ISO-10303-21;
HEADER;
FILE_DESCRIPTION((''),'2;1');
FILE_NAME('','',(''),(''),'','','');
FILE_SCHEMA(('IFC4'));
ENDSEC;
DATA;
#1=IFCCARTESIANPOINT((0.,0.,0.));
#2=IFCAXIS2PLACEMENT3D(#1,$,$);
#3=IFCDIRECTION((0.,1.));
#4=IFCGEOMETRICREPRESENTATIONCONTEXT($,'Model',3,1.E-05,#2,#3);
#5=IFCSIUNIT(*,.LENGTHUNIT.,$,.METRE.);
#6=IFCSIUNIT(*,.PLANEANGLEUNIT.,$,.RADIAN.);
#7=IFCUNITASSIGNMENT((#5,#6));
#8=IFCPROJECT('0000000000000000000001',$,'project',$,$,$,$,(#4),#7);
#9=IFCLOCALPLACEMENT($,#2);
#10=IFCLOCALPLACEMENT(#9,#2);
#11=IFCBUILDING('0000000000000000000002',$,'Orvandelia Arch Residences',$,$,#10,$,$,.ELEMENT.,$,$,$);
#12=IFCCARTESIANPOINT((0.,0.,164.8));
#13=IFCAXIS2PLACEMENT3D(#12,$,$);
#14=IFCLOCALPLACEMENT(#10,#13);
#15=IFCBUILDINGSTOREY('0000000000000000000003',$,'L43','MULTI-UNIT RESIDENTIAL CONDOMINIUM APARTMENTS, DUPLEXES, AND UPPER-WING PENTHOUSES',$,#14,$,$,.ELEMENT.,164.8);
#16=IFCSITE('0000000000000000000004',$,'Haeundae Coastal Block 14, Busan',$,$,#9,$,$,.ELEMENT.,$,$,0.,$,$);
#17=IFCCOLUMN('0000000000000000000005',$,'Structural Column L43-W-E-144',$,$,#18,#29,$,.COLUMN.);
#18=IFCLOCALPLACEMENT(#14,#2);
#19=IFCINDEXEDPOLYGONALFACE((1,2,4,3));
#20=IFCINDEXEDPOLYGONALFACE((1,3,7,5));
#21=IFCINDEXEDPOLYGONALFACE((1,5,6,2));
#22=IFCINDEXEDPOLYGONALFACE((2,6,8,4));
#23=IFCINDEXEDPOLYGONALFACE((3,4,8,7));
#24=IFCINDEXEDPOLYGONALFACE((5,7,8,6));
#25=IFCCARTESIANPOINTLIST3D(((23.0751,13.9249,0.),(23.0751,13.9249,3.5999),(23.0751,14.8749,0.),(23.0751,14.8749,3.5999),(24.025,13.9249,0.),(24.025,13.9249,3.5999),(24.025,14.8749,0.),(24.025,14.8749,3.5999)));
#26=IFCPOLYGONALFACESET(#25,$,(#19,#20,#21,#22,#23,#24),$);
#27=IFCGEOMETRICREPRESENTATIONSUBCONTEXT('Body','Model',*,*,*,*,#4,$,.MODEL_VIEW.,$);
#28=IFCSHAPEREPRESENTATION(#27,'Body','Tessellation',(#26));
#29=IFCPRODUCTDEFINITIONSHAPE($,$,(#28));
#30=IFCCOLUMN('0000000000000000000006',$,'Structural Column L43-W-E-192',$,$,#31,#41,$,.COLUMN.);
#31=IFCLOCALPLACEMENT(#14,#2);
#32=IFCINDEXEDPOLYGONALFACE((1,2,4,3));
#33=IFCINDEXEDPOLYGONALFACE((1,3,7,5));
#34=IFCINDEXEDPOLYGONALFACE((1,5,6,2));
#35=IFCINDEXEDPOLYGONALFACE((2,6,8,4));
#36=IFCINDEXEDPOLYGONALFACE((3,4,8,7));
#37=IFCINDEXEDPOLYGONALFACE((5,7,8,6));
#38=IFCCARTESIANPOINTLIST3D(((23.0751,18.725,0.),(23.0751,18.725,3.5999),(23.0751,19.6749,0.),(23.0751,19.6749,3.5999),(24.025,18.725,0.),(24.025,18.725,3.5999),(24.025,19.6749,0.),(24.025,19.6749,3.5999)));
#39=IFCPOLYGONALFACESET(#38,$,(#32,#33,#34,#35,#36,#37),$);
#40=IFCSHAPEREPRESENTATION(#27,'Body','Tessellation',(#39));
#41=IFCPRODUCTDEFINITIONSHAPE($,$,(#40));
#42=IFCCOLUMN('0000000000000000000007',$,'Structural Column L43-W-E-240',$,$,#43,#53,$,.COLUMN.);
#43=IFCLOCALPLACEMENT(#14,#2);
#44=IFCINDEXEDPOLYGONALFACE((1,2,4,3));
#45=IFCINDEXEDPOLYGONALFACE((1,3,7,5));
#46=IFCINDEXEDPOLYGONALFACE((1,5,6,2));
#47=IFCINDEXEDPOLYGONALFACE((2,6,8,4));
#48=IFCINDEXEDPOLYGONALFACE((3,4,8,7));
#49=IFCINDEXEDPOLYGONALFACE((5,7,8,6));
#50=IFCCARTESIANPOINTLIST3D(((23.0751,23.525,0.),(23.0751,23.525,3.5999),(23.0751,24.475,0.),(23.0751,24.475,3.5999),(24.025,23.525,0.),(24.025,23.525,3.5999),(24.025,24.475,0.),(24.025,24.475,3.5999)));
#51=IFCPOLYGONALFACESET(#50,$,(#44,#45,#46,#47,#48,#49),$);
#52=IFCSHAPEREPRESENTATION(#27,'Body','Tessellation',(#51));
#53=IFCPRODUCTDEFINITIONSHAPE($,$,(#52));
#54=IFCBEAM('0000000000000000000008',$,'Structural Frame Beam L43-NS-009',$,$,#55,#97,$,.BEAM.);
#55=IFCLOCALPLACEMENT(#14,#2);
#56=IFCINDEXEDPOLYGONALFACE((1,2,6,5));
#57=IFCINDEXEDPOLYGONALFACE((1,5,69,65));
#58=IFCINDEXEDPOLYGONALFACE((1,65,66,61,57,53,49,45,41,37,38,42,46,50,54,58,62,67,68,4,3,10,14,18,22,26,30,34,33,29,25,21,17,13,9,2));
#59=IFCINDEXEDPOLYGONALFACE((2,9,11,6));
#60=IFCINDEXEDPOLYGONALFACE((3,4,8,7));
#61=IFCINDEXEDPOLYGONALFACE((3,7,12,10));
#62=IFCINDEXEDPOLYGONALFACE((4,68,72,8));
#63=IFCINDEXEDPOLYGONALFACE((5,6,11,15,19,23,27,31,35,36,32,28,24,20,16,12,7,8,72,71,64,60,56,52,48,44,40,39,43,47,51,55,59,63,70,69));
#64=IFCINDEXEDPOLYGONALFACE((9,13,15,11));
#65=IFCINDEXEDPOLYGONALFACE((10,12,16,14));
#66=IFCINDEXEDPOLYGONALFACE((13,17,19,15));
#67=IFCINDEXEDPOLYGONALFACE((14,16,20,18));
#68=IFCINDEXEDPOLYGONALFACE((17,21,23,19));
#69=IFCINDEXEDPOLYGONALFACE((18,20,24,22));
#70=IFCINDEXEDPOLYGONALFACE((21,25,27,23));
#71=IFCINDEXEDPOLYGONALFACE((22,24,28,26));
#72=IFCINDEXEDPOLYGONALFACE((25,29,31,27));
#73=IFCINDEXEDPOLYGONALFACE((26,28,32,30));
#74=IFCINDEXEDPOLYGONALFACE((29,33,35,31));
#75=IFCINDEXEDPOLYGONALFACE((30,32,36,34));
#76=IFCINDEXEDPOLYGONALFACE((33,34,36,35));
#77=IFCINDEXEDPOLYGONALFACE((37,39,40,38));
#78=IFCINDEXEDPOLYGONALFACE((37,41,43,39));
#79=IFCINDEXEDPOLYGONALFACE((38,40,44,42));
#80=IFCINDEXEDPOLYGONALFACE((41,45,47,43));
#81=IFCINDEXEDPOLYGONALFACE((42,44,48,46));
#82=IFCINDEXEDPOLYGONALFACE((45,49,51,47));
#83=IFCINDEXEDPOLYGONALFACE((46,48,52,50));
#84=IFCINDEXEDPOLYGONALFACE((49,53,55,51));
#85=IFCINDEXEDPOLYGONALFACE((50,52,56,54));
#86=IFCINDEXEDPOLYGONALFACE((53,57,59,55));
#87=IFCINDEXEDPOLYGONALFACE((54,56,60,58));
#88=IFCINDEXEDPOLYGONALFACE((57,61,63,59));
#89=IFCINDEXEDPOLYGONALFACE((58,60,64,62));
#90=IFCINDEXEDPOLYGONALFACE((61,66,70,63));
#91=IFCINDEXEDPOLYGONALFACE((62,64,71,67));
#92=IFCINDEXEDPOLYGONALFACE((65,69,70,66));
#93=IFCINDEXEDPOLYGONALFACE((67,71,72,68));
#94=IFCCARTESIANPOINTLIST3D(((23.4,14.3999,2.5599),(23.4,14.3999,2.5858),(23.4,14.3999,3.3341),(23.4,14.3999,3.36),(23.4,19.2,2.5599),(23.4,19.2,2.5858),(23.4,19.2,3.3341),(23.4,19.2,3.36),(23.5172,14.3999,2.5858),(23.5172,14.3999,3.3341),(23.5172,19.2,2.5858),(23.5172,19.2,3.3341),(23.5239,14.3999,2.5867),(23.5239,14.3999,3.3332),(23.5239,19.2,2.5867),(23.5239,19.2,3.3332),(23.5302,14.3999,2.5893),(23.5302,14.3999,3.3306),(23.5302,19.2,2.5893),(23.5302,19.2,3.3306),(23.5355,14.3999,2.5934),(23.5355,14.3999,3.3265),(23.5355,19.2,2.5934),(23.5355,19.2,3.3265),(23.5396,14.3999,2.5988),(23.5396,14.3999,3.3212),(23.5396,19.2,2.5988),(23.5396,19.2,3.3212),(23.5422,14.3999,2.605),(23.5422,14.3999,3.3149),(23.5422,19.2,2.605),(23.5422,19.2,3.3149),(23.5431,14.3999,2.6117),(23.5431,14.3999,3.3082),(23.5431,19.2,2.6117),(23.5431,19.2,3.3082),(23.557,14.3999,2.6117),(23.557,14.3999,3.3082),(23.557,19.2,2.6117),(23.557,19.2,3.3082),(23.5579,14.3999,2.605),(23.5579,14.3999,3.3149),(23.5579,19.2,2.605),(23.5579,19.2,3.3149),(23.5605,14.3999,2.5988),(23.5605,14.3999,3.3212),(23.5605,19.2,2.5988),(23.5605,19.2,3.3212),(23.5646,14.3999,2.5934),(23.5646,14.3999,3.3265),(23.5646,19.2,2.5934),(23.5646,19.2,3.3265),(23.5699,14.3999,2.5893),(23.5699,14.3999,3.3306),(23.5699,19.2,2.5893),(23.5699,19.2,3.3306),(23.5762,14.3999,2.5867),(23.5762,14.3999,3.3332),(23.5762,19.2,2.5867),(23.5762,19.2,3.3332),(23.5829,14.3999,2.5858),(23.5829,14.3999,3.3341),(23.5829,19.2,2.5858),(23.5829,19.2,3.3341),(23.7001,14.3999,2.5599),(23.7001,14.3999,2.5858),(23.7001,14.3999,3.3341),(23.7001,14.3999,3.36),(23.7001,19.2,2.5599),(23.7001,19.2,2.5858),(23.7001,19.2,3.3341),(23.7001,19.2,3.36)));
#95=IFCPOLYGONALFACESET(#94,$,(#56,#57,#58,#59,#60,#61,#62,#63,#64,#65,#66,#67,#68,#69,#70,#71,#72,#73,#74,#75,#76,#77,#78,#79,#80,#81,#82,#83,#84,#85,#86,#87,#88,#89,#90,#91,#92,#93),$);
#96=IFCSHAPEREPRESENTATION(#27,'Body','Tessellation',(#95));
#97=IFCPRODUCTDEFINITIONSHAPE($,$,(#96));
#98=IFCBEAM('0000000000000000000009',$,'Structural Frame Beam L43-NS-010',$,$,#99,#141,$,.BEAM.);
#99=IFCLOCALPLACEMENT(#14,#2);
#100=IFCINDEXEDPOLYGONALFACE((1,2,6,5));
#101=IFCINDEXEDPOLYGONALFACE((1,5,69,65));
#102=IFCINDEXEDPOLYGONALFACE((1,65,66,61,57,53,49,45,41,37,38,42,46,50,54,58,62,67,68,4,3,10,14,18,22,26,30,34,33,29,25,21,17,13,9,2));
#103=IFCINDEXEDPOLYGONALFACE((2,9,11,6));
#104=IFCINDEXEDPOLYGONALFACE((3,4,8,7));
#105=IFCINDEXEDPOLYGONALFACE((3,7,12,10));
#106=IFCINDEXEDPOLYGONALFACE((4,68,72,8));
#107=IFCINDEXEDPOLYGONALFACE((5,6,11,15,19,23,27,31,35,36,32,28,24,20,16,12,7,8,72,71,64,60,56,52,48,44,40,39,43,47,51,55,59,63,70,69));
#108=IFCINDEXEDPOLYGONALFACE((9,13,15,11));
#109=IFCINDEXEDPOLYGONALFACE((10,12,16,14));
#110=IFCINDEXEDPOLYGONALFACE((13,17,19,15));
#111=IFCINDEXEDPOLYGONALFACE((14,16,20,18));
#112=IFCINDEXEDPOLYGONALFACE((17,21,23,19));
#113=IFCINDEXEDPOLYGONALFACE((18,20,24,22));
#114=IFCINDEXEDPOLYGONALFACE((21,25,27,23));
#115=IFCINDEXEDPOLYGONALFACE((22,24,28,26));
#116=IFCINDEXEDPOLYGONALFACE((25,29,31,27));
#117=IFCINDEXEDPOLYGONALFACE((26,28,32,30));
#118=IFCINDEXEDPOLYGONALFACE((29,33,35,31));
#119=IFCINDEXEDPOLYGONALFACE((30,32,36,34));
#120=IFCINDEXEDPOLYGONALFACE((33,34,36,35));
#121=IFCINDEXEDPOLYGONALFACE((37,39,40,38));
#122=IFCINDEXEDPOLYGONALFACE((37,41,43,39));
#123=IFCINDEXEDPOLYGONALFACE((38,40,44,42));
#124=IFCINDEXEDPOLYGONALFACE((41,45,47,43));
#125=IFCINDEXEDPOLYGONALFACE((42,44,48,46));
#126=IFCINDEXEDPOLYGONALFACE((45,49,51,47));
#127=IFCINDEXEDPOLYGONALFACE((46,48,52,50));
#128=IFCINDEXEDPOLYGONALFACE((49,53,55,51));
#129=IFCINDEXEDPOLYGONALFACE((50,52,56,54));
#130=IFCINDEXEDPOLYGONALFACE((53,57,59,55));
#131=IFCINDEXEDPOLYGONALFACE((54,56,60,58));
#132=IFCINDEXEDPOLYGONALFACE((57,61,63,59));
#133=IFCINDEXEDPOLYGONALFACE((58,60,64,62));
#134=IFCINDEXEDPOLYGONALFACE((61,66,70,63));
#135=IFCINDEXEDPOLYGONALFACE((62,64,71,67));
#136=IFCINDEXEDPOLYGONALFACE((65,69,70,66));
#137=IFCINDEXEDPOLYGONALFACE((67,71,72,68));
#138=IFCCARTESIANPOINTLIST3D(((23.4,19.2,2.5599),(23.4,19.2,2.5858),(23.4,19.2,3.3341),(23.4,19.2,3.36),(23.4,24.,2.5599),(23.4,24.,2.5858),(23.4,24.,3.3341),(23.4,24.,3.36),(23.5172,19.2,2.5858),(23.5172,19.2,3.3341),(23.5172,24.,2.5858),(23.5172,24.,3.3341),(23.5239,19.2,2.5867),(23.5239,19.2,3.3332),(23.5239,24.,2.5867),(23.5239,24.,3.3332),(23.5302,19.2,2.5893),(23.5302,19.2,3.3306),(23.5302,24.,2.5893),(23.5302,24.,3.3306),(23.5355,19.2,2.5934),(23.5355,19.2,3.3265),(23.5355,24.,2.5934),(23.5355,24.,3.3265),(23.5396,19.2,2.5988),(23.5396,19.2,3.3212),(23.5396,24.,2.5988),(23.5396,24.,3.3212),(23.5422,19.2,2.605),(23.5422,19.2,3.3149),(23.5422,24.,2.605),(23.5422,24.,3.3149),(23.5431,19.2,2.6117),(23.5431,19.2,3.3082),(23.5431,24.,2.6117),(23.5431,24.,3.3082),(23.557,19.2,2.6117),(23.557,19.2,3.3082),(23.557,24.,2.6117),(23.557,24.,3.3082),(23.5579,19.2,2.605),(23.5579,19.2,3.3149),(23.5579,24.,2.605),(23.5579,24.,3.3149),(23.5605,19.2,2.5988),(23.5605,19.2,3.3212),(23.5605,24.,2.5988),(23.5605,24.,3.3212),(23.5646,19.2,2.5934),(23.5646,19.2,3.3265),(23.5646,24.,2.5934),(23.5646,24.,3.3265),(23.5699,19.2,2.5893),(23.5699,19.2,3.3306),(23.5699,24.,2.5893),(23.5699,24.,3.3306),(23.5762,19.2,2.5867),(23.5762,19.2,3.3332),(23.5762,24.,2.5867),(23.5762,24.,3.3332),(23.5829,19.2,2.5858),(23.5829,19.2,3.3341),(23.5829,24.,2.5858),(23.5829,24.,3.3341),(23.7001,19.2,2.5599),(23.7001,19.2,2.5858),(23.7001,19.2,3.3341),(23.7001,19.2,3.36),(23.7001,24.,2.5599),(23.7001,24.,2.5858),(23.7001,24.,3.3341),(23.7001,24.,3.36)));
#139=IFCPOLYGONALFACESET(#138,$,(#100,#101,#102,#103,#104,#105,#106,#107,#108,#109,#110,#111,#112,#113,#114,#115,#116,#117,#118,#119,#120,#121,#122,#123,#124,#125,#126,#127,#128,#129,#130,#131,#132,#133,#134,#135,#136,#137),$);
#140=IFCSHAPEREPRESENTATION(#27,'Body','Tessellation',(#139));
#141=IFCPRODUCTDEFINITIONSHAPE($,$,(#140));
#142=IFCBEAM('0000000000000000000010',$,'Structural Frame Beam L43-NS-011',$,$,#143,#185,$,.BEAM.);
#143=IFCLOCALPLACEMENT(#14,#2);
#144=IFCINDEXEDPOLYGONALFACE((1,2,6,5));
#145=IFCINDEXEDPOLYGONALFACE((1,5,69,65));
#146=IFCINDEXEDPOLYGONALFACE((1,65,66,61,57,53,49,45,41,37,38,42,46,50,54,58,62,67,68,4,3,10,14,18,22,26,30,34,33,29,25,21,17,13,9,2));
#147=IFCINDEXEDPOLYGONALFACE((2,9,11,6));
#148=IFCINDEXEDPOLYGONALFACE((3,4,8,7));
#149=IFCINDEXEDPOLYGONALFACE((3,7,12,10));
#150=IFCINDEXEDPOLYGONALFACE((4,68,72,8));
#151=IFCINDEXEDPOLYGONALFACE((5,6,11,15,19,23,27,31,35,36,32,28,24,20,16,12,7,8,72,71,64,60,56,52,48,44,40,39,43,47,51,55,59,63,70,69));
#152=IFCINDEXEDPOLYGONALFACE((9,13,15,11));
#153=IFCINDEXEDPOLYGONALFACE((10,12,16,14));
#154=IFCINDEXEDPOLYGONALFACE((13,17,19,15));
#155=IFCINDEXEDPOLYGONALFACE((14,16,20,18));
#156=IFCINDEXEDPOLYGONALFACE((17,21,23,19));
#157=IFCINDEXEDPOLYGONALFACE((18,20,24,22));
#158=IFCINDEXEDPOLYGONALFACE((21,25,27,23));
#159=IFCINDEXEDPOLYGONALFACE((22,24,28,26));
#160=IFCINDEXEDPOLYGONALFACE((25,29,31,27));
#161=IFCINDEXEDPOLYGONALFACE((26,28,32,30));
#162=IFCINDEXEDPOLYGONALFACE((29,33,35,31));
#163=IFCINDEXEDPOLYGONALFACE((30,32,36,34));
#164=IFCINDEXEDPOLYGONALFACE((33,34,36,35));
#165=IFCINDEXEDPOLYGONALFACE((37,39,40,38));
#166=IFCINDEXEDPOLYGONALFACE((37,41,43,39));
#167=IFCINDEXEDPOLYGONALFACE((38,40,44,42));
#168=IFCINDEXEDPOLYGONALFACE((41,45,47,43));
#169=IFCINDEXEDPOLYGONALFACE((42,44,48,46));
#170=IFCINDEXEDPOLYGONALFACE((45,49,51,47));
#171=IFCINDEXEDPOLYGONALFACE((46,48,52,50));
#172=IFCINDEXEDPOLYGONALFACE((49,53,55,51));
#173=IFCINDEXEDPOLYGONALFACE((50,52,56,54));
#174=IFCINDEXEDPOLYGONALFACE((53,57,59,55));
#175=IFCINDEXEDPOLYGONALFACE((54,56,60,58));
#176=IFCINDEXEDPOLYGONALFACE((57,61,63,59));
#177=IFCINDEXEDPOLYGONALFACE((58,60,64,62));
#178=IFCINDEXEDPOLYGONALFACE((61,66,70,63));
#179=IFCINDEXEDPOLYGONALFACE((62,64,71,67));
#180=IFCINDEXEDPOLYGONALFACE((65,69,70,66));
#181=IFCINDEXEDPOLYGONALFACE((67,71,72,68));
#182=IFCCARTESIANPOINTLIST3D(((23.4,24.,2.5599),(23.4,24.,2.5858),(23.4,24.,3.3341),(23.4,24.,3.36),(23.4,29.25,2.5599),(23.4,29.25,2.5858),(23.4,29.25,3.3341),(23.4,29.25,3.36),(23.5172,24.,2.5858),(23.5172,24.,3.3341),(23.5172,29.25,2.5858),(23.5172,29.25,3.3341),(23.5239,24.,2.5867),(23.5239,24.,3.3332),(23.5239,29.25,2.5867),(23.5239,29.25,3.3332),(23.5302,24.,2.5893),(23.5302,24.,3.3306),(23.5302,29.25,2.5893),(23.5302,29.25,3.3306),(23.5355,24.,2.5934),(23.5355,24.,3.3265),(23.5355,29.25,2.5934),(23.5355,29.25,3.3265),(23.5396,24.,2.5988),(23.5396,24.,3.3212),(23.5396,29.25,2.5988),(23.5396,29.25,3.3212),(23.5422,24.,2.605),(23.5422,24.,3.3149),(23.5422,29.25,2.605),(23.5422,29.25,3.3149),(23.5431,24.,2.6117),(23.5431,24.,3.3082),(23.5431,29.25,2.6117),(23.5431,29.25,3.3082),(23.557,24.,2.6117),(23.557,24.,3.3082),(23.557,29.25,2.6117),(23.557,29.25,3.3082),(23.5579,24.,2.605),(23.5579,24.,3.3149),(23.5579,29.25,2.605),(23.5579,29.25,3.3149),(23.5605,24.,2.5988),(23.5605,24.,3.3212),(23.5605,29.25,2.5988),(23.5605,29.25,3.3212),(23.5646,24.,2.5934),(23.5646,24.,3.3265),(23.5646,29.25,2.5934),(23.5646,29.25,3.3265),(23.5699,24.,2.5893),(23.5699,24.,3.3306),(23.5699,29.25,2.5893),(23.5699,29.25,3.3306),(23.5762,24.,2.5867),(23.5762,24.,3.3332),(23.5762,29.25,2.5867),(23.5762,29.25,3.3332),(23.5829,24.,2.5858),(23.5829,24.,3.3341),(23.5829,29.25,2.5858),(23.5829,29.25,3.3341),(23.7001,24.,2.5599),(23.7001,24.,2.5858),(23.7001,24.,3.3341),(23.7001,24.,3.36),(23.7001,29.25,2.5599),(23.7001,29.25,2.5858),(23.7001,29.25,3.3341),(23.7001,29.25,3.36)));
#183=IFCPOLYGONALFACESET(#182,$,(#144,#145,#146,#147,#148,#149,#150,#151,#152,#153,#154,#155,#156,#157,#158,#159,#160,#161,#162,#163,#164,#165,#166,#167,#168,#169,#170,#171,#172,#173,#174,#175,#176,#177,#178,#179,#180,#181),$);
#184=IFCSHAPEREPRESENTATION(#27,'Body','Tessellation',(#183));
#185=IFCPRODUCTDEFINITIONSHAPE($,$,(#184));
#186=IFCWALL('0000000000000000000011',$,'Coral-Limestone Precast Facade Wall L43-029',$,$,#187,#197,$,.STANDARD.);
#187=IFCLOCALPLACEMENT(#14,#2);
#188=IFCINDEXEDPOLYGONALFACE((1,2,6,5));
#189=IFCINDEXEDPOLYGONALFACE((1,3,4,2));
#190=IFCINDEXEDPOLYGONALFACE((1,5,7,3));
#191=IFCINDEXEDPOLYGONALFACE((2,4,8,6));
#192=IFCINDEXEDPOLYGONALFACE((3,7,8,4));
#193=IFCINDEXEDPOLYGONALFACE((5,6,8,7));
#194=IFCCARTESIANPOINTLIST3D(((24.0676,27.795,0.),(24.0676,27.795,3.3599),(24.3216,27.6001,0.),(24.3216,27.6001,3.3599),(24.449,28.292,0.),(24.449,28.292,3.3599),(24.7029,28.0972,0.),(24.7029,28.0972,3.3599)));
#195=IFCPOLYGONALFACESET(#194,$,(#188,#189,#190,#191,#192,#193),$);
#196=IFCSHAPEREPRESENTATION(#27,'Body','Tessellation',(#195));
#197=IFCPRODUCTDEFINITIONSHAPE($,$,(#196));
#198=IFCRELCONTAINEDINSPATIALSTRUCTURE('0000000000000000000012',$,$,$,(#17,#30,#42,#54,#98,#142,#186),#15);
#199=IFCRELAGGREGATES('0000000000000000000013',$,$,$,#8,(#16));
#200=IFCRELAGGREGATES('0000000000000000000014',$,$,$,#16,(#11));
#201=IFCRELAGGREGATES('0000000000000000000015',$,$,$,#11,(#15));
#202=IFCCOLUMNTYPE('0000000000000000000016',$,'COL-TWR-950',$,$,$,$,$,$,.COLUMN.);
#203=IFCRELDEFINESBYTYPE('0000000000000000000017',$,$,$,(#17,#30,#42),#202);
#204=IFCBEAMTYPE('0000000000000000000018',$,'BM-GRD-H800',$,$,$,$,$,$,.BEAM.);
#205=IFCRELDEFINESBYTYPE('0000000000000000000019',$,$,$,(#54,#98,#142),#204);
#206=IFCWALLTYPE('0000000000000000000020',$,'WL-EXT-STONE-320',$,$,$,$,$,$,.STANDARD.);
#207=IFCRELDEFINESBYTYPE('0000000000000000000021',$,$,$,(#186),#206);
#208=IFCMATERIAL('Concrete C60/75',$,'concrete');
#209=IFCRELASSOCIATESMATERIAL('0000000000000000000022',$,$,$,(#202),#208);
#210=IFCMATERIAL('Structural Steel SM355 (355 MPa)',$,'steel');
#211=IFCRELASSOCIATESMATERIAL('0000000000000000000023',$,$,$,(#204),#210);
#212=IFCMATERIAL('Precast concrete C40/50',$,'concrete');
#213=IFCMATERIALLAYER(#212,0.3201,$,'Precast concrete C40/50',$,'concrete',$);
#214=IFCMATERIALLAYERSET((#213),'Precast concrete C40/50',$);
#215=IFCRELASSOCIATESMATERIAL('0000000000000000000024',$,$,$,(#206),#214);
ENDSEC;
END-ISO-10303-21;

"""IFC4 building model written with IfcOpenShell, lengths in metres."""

from ifc_helpers import new_model, si_unit, direction, frame, frame_2d, origin, origin_2d, place, context, subcontext, project, spatial, rectangle, i_section, extrude, material, layer, layer_set, material_profile, profile_set, type_object, element, save


model = new_model("IFC4")

# Units and contexts
model_context = context("Model", 3, precision=1e-05, world=origin(), true_north=direction((0.0, 1.0)))
body_context = subcontext(model_context, "Body", "Model", "MODEL_VIEW")
ifc_project = project(units=[si_unit("LENGTHUNIT", "METRE"), si_unit("PLANEANGLEUNIT", "RADIAN")], contexts=[model_context])

# Site, building, storey
site_placement = place(None, origin())
site = spatial("IfcSite", under=ifc_project, at=site_placement, Name="Haeundae Coastal Block 14, Busan", CompositionType="ELEMENT", RefElevation=0.0)
building_placement = place(site_placement, origin())
building = spatial("IfcBuilding", under=site, at=building_placement, Name="Orvandelia Arch Residences", CompositionType="ELEMENT")
storey_placement = place(building_placement, frame((0.0, 0.0, 164.8)))
storey = spatial("IfcBuildingStorey", under=building, at=storey_placement, Name="L43", Description="MULTI-UNIT RESIDENTIAL CONDOMINIUM APARTMENTS, DUPLEXES, AND UPPER-WING PENTHOUSES", CompositionType="ELEMENT", Elevation=164.8)

# Columns
ifc_material_1 = material(Name="Concrete C60/75", Category="concrete")
ifc_material_profile_1 = material_profile(ifc_material_1, rectangle(XDim=0.95, YDim=0.95, at=origin_2d()), Name="Concrete C60/75", Category="concrete")
ifc_profile_set_1 = profile_set([ifc_material_profile_1], Name="Concrete C60/75")
column_type = type_object("IfcColumnType", Name="COL-TWR-950", PredefinedType="COLUMN", material=ifc_profile_set_1)
for number, where, z_axis, x_axis, name in (
    (1, (23.55, 14.3999, 0.0), (0.0, 0.0, 1.0), (1.0, 0.0, 0.0), "Structural Column L43-W-E-144"),
    (2, (23.55, 19.2, 0.0), (0.0, 0.0, 1.0), (1.0, 0.0, 0.0), "Structural Column L43-W-E-192"),
    (3, (23.55, 24.0, 0.0), (0.0, 0.0, 1.0), (1.0, 0.0, 0.0), "Structural Column L43-W-E-240"),
):
    element("IfcColumn", number, at=place(storey_placement, frame(where, z_axis=z_axis, x_axis=x_axis)), inside=storey, type_object=column_type, Name=name, PredefinedType="COLUMN", context=body_context, shape_type="SweptSolid", body=[
        extrude(rectangle(XDim=0.95, YDim=0.95, at=origin_2d()), origin(), (0.0, 0.0, 1.0), 3.5999),
    ])

# Beams
ifc_material_2 = material(Name="Structural Steel SM355 (355 MPa)", Category="steel")
ifc_material_profile_2 = material_profile(ifc_material_2, i_section(OverallWidth=0.3, OverallDepth=0.8, WebThickness=0.0139, FlangeThickness=0.0259, FilletRadius=0.0259, at=origin_2d()), Name="Structural Steel SM355 (355 MPa)", Category="steel")
ifc_profile_set_2 = profile_set([ifc_material_profile_2], Name="Structural Steel SM355 (355 MPa)")
beam_type = type_object("IfcBeamType", Name="BM-GRD-H800", PredefinedType="BEAM", material=ifc_profile_set_2)
for number, where, z_axis, x_axis, name in (
    (4, (23.55, 14.3999, 2.96), (0.0, 1.0, 0.0), (-1.0, 0.0, 0.0), "Structural Frame Beam L43-NS-009"),
    (5, (23.55, 19.2, 2.96), (0.0, 1.0, 0.0), (-1.0, 0.0, 0.0), "Structural Frame Beam L43-NS-010"),
):
    element("IfcBeam", number, at=place(storey_placement, frame(where, z_axis=z_axis, x_axis=x_axis)), inside=storey, type_object=beam_type, Name=name, PredefinedType="BEAM", context=body_context, shape_type="SweptSolid", body=[
        extrude(i_section(OverallWidth=0.3, OverallDepth=0.8, WebThickness=0.0139, FlangeThickness=0.0259, FilletRadius=0.0259, at=origin_2d()), origin(), (0.0, 0.0, 1.0), 4.8),
    ])
beam_placement = place(storey_placement, frame((23.55, 24.0, 2.96), z_axis=(0.0, 1.0, 0.0), x_axis=(-1.0, 0.0, 0.0)))
element("IfcBeam", 6, at=beam_placement, inside=storey, type_object=beam_type, Name="Structural Frame Beam L43-NS-011", PredefinedType="BEAM", context=body_context, shape_type="SweptSolid", body=[
    extrude(i_section(OverallWidth=0.3, OverallDepth=0.8, WebThickness=0.0139, FlangeThickness=0.0259, FilletRadius=0.0259, at=origin_2d()), origin(), (0.0, 0.0, 1.0), 5.25),
])

# Wall
ifc_material_3 = material(Name="Precast concrete C40/50", Category="concrete")
ifc_layer = layer(ifc_material_3, 0.3201, Name="Precast concrete C40/50", Category="concrete")
ifc_layer_set = layer_set([ifc_layer], Name="Precast concrete C40/50")
wall_type = type_object("IfcWallType", Name="WL-EXT-STONE-320", PredefinedType="STANDARD", material=ifc_layer_set)
wall_1_placement = place(storey_placement, frame((24.5759, 28.1946, 0.0), z_axis=(0.0, 0.0, 1.0), x_axis=(-0.608693, -0.793406, 0.0)))
element("IfcWall", 7, at=wall_1_placement, inside=storey, type_object=wall_type, Name="Coral-Limestone Precast Facade Wall L43-029", PredefinedType="STANDARD", context=body_context, shape_type="SweptSolid", body=[
    extrude(rectangle(XDim=0.6265, YDim=0.3201, at=frame_2d((0.3132, 0.0))), origin(), (0.0, 0.0, 1.0), 3.3599),
])

save(model, "model.ifc")
